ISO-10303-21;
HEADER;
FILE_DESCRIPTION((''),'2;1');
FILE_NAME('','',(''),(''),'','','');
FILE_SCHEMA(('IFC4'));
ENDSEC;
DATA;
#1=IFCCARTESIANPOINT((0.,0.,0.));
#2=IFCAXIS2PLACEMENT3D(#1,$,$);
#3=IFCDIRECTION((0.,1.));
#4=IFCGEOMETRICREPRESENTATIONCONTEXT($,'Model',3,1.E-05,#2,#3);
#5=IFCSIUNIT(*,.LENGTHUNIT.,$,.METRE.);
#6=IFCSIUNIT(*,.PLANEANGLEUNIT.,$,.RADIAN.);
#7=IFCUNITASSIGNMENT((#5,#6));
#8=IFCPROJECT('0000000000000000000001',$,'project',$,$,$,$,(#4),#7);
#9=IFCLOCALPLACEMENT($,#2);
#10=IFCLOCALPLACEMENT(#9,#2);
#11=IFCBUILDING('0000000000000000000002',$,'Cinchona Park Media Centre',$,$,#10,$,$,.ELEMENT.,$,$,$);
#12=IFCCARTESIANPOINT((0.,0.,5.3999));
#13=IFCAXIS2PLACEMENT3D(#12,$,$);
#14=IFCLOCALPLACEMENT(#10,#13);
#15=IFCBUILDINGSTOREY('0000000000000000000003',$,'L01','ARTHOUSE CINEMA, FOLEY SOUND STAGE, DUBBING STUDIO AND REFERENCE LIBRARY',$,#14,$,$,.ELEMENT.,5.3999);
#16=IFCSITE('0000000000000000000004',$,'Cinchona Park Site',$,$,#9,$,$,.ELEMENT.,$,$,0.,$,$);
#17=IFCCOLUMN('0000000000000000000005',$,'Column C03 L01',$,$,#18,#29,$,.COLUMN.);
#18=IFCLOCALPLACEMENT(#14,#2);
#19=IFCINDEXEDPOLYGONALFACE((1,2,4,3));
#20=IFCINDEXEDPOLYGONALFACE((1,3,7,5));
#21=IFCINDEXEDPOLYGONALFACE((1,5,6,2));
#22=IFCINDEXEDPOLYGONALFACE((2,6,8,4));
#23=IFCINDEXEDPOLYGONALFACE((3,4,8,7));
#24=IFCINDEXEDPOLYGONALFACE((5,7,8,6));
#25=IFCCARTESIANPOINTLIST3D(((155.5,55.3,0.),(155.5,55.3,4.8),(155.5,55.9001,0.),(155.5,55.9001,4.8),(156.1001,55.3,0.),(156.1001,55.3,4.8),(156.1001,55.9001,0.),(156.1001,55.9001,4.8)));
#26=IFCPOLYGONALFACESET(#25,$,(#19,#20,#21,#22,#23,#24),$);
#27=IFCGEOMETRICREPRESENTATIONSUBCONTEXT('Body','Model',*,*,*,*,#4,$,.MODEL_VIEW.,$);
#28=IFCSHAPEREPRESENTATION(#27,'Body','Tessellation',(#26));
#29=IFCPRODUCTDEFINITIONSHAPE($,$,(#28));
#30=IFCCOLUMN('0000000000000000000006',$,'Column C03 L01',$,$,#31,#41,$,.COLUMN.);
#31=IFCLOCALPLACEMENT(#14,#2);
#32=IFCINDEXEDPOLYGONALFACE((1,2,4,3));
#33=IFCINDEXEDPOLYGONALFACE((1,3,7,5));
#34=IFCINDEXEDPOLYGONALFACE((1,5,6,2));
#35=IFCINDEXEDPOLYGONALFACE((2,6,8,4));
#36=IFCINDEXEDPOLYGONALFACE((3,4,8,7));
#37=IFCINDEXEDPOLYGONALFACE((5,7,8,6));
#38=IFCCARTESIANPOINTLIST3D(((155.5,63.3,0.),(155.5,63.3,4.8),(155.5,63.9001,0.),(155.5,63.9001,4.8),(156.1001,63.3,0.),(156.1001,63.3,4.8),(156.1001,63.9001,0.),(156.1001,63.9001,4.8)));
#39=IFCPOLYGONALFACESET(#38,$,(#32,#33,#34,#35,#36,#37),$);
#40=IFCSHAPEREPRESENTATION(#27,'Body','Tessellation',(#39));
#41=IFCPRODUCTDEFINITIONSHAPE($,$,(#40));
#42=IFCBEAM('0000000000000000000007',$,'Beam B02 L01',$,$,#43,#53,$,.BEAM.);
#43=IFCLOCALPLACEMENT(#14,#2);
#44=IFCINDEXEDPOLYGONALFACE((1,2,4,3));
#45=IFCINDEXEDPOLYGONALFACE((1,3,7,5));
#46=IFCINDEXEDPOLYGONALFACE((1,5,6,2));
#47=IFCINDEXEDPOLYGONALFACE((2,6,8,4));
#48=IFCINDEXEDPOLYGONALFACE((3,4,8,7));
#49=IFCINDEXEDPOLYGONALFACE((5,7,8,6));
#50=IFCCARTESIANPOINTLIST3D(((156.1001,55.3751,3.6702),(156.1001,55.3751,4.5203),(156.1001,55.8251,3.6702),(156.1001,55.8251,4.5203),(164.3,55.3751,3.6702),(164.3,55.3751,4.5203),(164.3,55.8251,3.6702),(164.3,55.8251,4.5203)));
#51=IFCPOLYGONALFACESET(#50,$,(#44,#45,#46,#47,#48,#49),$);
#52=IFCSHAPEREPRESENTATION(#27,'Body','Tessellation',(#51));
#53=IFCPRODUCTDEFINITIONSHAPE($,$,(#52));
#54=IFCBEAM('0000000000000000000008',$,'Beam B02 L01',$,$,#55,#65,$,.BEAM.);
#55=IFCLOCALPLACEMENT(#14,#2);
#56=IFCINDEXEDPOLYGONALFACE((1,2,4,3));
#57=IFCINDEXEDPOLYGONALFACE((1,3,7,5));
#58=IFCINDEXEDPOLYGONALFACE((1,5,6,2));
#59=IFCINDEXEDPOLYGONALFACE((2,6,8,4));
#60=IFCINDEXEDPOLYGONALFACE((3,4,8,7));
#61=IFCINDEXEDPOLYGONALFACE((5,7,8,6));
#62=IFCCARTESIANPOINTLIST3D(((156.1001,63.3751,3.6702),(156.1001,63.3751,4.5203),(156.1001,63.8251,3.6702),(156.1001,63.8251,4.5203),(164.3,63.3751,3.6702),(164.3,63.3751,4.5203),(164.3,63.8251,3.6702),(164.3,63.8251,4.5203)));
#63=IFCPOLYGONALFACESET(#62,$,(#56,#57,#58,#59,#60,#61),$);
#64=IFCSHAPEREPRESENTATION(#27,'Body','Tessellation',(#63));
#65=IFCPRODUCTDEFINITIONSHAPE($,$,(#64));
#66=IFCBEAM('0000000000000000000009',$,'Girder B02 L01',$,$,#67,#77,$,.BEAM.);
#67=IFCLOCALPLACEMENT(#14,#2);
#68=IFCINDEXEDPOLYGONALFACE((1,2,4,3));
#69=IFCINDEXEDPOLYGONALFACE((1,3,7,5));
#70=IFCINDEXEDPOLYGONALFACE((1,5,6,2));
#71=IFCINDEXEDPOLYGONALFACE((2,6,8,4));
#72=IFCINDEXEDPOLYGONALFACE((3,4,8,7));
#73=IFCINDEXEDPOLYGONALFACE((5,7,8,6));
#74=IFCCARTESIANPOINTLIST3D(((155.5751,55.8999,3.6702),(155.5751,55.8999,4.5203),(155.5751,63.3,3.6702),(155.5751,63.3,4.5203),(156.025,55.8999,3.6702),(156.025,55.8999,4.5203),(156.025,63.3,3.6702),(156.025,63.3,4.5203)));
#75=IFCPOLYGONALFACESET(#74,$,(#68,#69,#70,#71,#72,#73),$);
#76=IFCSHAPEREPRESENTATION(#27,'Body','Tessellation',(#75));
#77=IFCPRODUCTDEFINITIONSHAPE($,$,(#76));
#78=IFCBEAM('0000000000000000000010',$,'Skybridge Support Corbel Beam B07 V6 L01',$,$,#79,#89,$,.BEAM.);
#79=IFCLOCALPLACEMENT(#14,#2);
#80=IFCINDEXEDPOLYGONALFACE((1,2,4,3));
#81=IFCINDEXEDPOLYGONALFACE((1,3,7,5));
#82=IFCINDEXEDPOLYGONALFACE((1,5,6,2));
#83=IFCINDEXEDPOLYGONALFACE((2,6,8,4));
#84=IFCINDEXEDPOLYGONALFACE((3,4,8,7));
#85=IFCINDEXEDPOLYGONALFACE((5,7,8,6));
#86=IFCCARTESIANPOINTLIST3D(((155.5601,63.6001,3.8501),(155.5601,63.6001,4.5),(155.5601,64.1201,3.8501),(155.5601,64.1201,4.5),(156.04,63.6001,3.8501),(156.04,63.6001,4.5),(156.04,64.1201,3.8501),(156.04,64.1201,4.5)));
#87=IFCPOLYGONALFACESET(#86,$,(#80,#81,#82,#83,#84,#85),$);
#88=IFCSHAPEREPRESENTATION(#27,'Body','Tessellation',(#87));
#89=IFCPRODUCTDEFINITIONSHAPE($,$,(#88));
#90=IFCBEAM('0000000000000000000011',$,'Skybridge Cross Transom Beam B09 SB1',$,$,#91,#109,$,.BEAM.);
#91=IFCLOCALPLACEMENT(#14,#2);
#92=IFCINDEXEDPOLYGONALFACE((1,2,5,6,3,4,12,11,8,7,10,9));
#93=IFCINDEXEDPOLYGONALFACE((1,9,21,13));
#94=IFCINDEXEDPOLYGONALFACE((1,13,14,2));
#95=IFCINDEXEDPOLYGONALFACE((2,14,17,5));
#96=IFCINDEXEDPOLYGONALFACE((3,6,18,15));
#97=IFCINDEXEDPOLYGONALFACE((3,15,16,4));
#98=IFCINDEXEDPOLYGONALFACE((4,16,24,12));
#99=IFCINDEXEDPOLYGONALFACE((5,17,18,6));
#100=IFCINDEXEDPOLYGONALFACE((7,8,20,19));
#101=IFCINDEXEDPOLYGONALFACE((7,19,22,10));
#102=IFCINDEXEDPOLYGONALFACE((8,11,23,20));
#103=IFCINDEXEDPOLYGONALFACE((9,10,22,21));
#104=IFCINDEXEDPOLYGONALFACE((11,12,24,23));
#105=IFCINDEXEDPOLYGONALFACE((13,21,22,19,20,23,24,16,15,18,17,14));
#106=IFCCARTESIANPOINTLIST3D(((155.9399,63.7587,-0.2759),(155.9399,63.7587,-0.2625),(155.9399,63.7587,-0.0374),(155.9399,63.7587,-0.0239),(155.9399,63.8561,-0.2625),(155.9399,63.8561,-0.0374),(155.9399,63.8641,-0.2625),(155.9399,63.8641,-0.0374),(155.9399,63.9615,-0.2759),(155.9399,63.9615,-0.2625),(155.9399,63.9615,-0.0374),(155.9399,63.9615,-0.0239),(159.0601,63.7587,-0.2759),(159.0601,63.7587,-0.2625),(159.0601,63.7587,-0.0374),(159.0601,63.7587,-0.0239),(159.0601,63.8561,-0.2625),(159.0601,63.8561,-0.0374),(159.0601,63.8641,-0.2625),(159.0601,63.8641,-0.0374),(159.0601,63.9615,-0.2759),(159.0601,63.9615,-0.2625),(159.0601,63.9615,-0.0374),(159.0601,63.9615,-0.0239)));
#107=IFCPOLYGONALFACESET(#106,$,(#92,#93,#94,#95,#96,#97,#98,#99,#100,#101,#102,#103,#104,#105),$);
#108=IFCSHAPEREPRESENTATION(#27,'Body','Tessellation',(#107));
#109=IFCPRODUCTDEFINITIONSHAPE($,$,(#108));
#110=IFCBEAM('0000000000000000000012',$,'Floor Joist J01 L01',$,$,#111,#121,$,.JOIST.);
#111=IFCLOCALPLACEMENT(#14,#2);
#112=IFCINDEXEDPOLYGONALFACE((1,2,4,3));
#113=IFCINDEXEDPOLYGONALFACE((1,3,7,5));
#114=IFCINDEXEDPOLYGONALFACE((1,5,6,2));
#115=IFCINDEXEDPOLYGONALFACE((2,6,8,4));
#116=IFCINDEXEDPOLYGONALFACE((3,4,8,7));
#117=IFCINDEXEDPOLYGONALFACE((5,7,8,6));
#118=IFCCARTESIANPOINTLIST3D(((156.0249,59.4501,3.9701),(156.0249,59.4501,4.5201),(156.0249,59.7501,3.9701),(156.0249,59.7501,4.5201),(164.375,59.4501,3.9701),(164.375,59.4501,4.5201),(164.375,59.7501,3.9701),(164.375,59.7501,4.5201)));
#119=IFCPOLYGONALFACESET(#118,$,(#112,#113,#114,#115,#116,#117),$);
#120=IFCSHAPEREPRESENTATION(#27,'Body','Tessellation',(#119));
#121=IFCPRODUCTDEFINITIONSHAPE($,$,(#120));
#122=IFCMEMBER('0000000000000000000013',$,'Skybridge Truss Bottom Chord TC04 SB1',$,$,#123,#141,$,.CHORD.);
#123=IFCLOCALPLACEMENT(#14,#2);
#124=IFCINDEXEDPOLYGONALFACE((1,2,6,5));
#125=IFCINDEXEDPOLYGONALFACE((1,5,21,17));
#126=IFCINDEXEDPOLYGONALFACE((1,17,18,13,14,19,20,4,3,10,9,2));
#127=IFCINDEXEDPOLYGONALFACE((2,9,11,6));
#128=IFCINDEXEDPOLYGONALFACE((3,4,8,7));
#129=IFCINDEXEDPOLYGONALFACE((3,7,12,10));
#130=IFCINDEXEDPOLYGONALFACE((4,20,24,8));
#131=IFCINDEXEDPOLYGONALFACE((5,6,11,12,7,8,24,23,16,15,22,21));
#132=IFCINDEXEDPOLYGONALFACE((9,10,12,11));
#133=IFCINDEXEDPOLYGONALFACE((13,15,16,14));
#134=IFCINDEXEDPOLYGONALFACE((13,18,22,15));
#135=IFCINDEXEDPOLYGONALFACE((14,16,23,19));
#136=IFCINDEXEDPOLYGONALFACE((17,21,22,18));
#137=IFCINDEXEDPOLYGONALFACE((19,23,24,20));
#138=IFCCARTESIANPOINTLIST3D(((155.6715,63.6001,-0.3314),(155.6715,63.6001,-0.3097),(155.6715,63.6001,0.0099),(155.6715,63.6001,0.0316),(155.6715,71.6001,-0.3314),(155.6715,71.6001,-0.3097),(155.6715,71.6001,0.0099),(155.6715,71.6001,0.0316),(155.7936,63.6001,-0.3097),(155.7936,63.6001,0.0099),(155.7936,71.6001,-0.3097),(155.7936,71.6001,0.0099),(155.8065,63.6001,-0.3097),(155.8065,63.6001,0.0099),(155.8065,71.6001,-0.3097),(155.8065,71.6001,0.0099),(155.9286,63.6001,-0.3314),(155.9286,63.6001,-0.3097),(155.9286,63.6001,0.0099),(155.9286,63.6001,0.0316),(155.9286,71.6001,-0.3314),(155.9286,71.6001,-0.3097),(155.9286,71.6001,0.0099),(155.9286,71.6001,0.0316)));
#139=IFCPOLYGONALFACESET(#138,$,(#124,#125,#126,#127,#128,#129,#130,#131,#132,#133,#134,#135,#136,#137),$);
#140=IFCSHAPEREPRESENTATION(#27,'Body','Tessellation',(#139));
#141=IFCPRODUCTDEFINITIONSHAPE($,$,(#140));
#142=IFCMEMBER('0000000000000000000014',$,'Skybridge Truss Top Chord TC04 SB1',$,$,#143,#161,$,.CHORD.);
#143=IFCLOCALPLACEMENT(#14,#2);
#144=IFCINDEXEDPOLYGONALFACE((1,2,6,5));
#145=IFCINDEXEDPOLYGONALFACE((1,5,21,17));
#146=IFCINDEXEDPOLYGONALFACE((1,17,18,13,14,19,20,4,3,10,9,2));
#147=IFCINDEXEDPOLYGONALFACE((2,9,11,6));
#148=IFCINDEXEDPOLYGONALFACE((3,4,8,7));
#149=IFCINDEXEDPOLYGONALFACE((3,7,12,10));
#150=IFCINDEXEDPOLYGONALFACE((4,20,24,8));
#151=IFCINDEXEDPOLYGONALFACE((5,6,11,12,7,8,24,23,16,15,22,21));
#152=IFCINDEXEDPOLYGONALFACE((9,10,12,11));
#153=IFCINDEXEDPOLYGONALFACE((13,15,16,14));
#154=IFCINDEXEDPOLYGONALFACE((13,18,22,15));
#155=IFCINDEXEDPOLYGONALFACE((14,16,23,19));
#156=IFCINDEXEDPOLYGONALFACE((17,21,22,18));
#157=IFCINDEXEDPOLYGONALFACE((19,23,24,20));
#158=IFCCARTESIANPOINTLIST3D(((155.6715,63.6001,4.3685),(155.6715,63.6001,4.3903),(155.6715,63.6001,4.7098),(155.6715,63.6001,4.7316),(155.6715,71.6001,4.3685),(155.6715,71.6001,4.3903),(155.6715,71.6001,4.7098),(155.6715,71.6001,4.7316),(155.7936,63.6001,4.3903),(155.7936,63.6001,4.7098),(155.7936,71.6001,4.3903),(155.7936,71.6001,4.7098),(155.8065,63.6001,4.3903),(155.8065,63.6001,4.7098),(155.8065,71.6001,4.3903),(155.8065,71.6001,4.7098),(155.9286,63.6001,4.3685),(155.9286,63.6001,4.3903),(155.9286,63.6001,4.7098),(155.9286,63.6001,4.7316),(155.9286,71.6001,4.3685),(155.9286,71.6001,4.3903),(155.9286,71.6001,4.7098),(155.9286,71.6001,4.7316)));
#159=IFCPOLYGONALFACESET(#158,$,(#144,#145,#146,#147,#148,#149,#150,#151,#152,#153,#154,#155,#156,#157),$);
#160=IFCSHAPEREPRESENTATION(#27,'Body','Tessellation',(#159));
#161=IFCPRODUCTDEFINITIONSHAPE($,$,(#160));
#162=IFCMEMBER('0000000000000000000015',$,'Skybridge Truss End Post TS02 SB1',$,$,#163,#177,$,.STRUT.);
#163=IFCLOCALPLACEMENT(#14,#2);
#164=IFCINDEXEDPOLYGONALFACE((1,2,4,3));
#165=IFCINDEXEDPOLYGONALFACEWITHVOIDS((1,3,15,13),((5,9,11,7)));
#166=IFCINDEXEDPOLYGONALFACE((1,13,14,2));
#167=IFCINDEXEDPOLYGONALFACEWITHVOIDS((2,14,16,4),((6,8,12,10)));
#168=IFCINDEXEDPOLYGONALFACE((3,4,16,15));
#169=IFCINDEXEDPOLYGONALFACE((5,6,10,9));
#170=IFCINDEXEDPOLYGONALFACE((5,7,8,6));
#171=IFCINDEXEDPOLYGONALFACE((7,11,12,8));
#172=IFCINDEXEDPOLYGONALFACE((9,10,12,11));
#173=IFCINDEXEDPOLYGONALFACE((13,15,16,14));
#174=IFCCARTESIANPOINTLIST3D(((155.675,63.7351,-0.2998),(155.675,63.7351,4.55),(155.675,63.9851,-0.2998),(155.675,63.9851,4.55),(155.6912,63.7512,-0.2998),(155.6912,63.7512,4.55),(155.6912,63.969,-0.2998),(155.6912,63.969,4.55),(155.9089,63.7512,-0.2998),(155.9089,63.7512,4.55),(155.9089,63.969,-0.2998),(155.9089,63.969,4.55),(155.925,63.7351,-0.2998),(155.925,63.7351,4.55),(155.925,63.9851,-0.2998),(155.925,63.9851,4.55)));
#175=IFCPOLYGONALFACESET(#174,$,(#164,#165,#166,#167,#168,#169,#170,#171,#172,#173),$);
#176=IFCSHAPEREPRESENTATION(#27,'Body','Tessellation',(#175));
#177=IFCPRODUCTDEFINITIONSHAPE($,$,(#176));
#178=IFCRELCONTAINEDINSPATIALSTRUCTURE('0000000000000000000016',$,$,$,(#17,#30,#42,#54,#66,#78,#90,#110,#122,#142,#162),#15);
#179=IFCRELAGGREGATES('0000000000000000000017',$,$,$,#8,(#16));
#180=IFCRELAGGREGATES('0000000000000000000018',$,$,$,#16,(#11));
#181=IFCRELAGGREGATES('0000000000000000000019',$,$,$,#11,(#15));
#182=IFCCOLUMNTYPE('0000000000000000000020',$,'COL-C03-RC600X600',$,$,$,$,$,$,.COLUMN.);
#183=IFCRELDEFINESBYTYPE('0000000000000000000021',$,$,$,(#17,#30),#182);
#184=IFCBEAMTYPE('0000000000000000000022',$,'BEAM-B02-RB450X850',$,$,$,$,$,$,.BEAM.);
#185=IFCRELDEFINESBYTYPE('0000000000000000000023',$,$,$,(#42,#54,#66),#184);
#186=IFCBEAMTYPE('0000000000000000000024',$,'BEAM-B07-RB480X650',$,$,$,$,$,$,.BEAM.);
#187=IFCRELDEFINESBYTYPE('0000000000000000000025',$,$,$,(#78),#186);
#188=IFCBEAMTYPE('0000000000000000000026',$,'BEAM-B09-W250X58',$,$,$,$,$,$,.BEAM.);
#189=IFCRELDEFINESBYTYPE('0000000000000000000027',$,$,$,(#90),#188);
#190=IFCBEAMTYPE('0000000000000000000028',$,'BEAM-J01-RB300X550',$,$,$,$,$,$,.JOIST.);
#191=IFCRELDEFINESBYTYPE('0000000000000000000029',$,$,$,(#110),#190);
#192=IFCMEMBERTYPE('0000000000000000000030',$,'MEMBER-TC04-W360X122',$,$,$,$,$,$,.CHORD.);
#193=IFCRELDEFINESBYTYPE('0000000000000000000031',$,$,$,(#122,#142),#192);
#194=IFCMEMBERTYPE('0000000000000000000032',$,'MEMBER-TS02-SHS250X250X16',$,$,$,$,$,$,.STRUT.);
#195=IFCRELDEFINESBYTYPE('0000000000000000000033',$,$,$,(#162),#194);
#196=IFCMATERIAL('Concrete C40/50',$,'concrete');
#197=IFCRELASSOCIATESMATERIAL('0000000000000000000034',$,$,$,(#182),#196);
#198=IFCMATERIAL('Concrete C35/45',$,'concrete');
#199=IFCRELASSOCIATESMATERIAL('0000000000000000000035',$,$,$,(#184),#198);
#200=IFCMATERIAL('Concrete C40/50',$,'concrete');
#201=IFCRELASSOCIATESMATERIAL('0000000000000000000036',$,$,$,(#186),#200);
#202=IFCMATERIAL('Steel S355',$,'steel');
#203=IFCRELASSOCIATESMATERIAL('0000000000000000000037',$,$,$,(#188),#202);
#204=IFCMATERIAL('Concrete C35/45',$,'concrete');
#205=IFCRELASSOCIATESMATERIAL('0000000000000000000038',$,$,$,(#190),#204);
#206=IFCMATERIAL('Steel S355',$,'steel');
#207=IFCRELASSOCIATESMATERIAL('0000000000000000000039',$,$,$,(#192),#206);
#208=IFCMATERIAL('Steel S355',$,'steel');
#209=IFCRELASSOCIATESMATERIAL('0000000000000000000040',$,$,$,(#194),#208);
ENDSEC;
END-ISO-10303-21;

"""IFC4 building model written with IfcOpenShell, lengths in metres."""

from ifc_helpers import new_model, si_unit, direction, frame, origin, origin_2d, place, context, subcontext, project, spatial, rectangle, hollow_rectangle, i_section, extrude, material, material_profile, profile_set, type_object, element, save


model = new_model("IFC4")

# Units and contexts
model_context = context("Model", 3, precision=1e-05, world=origin(), true_north=direction((0.0, 1.0)))
body_context = subcontext(model_context, "Body", "Model", "MODEL_VIEW")
ifc_project = project(units=[si_unit("LENGTHUNIT", "METRE"), si_unit("PLANEANGLEUNIT", "RADIAN")], contexts=[model_context])

# Site, building, storey
site_placement = place(None, origin())
site = spatial("IfcSite", under=ifc_project, at=site_placement, Name="Cinchona Park Site", CompositionType="ELEMENT", RefElevation=0.0)
building_placement = place(site_placement, origin())
building = spatial("IfcBuilding", under=site, at=building_placement, Name="Cinchona Park Media Centre", CompositionType="ELEMENT")
storey_placement = place(building_placement, frame((0.0, 0.0, 5.3999)))
storey = spatial("IfcBuildingStorey", under=building, at=storey_placement, Name="L01", Description="ARTHOUSE CINEMA, FOLEY SOUND STAGE, DUBBING STUDIO AND REFERENCE LIBRARY", CompositionType="ELEMENT", Elevation=5.3999)

# Columns
ifc_material_1 = material(Name="Concrete C40/50", Category="concrete")
ifc_material_profile_1 = material_profile(ifc_material_1, rectangle(XDim=0.6001, YDim=0.6001, at=origin_2d()), Name="RC 600X600")
ifc_profile_set_1 = profile_set([ifc_material_profile_1], Name="Concrete C40/50")
column_type = type_object("IfcColumnType", Name="COL-C03-RC600X600", PredefinedType="COLUMN", material=ifc_profile_set_1)
for number, where, z_axis, x_axis, name in (
    (1, (155.8, 55.6001, 0.0), (0.0, 0.0, 1.0), (1.0, 0.0, 0.0), "Column C03 L01"),
    (2, (155.8, 63.6001, 0.0), (0.0, 0.0, 1.0), (1.0, 0.0, 0.0), "Column C03 L01"),
):
    element("IfcColumn", number, at=place(storey_placement, frame(where, z_axis=z_axis, x_axis=x_axis)), inside=storey, type_object=column_type, Name=name, PredefinedType="COLUMN", context=body_context, shape_type="SweptSolid", body=[
        extrude(rectangle(XDim=0.6001, YDim=0.6001, at=origin_2d()), origin(), (0.0, 0.0, 1.0), 4.8),
    ])

# Beams
ifc_material_2 = material(Name="Concrete C35/45", Category="concrete")
ifc_material_profile_2 = material_profile(ifc_material_2, rectangle(XDim=0.45, YDim=0.8501, at=origin_2d()), Name="RB 450X850")
ifc_profile_set_2 = profile_set([ifc_material_profile_2], Name="Concrete C35/45")
beam_type_1 = type_object("IfcBeamType", Name="BEAM-B02-RB450X850", PredefinedType="BEAM", material=ifc_profile_set_2)
for number, where, z_axis, x_axis, name in (
    (3, (156.1001, 55.6001, 4.0952), (1.0, 0.0, 0.0), (0.0, 1.0, 0.0), "Beam B02 L01"),
    (4, (156.1001, 63.6001, 4.0952), (1.0, 0.0, 0.0), (0.0, 1.0, 0.0), "Beam B02 L01"),
):
    element("IfcBeam", number, at=place(storey_placement, frame(where, z_axis=z_axis, x_axis=x_axis)), inside=storey, type_object=beam_type_1, Name=name, PredefinedType="BEAM", context=body_context, shape_type="SweptSolid", body=[
        extrude(rectangle(XDim=0.45, YDim=0.8501, at=origin_2d()), origin(), (0.0, 0.0, 1.0), 8.2),
    ])
beam_1_placement = place(storey_placement, frame((155.8, 55.8999, 4.0952), z_axis=(0.0, 1.0, 0.0), x_axis=(-1.0, 0.0, 0.0)))
element("IfcBeam", 5, at=beam_1_placement, inside=storey, type_object=beam_type_1, Name="Girder B02 L01", PredefinedType="BEAM", context=body_context, shape_type="SweptSolid", body=[
    extrude(rectangle(XDim=0.45, YDim=0.8501, at=origin_2d()), origin(), (0.0, 0.0, 1.0), 7.4001),
])
ifc_material_3 = material(Name="Concrete C40/50", Category="concrete")
ifc_material_profile_3 = material_profile(ifc_material_3, rectangle(XDim=0.48, YDim=0.6499, at=origin_2d()), Name="RB 480X650")
ifc_profile_set_3 = profile_set([ifc_material_profile_3], Name="Concrete C40/50")
beam_type_2 = type_object("IfcBeamType", Name="BEAM-B07-RB480X650", PredefinedType="BEAM", material=ifc_profile_set_3)
beam_2_placement = place(storey_placement, frame((155.8, 63.6001, 4.175), z_axis=(0.0, 1.0, 0.0), x_axis=(-1.0, 0.0, 0.0)))
element("IfcBeam", 6, at=beam_2_placement, inside=storey, type_object=beam_type_2, Name="Skybridge Support Corbel Beam B07 V6 L01", PredefinedType="BEAM", context=body_context, shape_type="SweptSolid", body=[
    extrude(rectangle(XDim=0.48, YDim=0.6499, at=origin_2d()), origin(), (0.0, 0.0, 1.0), 0.52),
])
ifc_material_4 = material(Name="Steel S355", Category="steel")
ifc_material_profile_4 = material_profile(ifc_material_4, i_section(OverallWidth=0.2029, OverallDepth=0.252, WebThickness=0.0081, FlangeThickness=0.0134, at=origin_2d()), Name="W250X58")
ifc_profile_set_4 = profile_set([ifc_material_profile_4], Name="Steel S355")
beam_type_3 = type_object("IfcBeamType", Name="BEAM-B09-W250X58", PredefinedType="BEAM", material=ifc_profile_set_4)
beam_3_placement = place(storey_placement, frame((155.9399, 63.8601, -0.1499), z_axis=(1.0, 0.0, 0.0), x_axis=(0.0, 1.0, 0.0)))
element("IfcBeam", 7, at=beam_3_placement, inside=storey, type_object=beam_type_3, Name="Skybridge Cross Transom Beam B09 SB1", PredefinedType="BEAM", context=body_context, shape_type="SweptSolid", body=[
    extrude(i_section(OverallWidth=0.2029, OverallDepth=0.252, WebThickness=0.0081, FlangeThickness=0.0134, at=origin_2d()), origin(), (0.0, 0.0, 1.0), 3.1201),
])
ifc_material_5 = material(Name="Concrete C35/45", Category="concrete")
ifc_material_profile_5 = material_profile(ifc_material_5, rectangle(XDim=0.3, YDim=0.55, at=origin_2d()), Name="RB 300X550")
ifc_profile_set_5 = profile_set([ifc_material_profile_5], Name="Concrete C35/45")
beam_type_4 = type_object("IfcBeamType", Name="BEAM-J01-RB300X550", PredefinedType="JOIST", material=ifc_profile_set_5)
beam_4_placement = place(storey_placement, frame((156.0249, 59.6001, 4.2451), z_axis=(1.0, 0.0, 0.0), x_axis=(0.0, 1.0, 0.0)))
element("IfcBeam", 8, at=beam_4_placement, inside=storey, type_object=beam_type_4, Name="Floor Joist J01 L01", PredefinedType="JOIST", context=body_context, shape_type="SweptSolid", body=[
    extrude(rectangle(XDim=0.3, YDim=0.55, at=origin_2d()), origin(), (0.0, 0.0, 1.0), 8.3501),
])

# Members
ifc_material_6 = material(Name="Steel S355", Category="steel")
ifc_material_profile_6 = material_profile(ifc_material_6, i_section(OverallWidth=0.2571, OverallDepth=0.363, WebThickness=0.0129, FlangeThickness=0.0217, at=origin_2d()), Name="W360X122")
ifc_profile_set_6 = profile_set([ifc_material_profile_6], Name="Steel S355")
member_type_1 = type_object("IfcMemberType", Name="MEMBER-TC04-W360X122", PredefinedType="CHORD", material=ifc_profile_set_6)
for number, where, z_axis, x_axis, name in (
    (9, (155.8, 63.6001, -0.1499), (0.0, 1.0, 0.0), (-1.0, 0.0, 0.0), "Skybridge Truss Bottom Chord TC04 SB1"),
    (10, (155.8, 63.6001, 4.55), (0.0, 1.0, 0.0), (-1.0, 0.0, 0.0), "Skybridge Truss Top Chord TC04 SB1"),
):
    element("IfcMember", number, at=place(storey_placement, frame(where, z_axis=z_axis, x_axis=x_axis)), inside=storey, type_object=member_type_1, Name=name, PredefinedType="CHORD", context=body_context, shape_type="SweptSolid", body=[
        extrude(i_section(OverallWidth=0.2571, OverallDepth=0.363, WebThickness=0.0129, FlangeThickness=0.0217, at=origin_2d()), origin(), (0.0, 0.0, 1.0), 8.0),
    ])
ifc_material_7 = material(Name="Steel S355", Category="steel")
ifc_material_profile_7 = material_profile(ifc_material_7, hollow_rectangle(XDim=0.25, YDim=0.25, WallThickness=0.0161, at=origin_2d()), Name="250X250X16SHS")
ifc_profile_set_7 = profile_set([ifc_material_profile_7], Name="Steel S355")
member_type_2 = type_object("IfcMemberType", Name="MEMBER-TS02-SHS250X250X16", PredefinedType="STRUT", material=ifc_profile_set_7)
member_1_placement = place(storey_placement, frame((155.8, 63.8601, -0.2998), z_axis=(0.0, 0.0, 1.0), x_axis=(1.0, 0.0, 0.0)))
element("IfcMember", 11, at=member_1_placement, inside=storey, type_object=member_type_2, Name="Skybridge Truss End Post TS02 SB1", PredefinedType="STRUT", context=body_context, shape_type="SweptSolid", body=[
    extrude(hollow_rectangle(XDim=0.25, YDim=0.25, WallThickness=0.0161, at=origin_2d()), origin(), (0.0, 0.0, 1.0), 4.8499),
])

save(model, "model.ifc")
